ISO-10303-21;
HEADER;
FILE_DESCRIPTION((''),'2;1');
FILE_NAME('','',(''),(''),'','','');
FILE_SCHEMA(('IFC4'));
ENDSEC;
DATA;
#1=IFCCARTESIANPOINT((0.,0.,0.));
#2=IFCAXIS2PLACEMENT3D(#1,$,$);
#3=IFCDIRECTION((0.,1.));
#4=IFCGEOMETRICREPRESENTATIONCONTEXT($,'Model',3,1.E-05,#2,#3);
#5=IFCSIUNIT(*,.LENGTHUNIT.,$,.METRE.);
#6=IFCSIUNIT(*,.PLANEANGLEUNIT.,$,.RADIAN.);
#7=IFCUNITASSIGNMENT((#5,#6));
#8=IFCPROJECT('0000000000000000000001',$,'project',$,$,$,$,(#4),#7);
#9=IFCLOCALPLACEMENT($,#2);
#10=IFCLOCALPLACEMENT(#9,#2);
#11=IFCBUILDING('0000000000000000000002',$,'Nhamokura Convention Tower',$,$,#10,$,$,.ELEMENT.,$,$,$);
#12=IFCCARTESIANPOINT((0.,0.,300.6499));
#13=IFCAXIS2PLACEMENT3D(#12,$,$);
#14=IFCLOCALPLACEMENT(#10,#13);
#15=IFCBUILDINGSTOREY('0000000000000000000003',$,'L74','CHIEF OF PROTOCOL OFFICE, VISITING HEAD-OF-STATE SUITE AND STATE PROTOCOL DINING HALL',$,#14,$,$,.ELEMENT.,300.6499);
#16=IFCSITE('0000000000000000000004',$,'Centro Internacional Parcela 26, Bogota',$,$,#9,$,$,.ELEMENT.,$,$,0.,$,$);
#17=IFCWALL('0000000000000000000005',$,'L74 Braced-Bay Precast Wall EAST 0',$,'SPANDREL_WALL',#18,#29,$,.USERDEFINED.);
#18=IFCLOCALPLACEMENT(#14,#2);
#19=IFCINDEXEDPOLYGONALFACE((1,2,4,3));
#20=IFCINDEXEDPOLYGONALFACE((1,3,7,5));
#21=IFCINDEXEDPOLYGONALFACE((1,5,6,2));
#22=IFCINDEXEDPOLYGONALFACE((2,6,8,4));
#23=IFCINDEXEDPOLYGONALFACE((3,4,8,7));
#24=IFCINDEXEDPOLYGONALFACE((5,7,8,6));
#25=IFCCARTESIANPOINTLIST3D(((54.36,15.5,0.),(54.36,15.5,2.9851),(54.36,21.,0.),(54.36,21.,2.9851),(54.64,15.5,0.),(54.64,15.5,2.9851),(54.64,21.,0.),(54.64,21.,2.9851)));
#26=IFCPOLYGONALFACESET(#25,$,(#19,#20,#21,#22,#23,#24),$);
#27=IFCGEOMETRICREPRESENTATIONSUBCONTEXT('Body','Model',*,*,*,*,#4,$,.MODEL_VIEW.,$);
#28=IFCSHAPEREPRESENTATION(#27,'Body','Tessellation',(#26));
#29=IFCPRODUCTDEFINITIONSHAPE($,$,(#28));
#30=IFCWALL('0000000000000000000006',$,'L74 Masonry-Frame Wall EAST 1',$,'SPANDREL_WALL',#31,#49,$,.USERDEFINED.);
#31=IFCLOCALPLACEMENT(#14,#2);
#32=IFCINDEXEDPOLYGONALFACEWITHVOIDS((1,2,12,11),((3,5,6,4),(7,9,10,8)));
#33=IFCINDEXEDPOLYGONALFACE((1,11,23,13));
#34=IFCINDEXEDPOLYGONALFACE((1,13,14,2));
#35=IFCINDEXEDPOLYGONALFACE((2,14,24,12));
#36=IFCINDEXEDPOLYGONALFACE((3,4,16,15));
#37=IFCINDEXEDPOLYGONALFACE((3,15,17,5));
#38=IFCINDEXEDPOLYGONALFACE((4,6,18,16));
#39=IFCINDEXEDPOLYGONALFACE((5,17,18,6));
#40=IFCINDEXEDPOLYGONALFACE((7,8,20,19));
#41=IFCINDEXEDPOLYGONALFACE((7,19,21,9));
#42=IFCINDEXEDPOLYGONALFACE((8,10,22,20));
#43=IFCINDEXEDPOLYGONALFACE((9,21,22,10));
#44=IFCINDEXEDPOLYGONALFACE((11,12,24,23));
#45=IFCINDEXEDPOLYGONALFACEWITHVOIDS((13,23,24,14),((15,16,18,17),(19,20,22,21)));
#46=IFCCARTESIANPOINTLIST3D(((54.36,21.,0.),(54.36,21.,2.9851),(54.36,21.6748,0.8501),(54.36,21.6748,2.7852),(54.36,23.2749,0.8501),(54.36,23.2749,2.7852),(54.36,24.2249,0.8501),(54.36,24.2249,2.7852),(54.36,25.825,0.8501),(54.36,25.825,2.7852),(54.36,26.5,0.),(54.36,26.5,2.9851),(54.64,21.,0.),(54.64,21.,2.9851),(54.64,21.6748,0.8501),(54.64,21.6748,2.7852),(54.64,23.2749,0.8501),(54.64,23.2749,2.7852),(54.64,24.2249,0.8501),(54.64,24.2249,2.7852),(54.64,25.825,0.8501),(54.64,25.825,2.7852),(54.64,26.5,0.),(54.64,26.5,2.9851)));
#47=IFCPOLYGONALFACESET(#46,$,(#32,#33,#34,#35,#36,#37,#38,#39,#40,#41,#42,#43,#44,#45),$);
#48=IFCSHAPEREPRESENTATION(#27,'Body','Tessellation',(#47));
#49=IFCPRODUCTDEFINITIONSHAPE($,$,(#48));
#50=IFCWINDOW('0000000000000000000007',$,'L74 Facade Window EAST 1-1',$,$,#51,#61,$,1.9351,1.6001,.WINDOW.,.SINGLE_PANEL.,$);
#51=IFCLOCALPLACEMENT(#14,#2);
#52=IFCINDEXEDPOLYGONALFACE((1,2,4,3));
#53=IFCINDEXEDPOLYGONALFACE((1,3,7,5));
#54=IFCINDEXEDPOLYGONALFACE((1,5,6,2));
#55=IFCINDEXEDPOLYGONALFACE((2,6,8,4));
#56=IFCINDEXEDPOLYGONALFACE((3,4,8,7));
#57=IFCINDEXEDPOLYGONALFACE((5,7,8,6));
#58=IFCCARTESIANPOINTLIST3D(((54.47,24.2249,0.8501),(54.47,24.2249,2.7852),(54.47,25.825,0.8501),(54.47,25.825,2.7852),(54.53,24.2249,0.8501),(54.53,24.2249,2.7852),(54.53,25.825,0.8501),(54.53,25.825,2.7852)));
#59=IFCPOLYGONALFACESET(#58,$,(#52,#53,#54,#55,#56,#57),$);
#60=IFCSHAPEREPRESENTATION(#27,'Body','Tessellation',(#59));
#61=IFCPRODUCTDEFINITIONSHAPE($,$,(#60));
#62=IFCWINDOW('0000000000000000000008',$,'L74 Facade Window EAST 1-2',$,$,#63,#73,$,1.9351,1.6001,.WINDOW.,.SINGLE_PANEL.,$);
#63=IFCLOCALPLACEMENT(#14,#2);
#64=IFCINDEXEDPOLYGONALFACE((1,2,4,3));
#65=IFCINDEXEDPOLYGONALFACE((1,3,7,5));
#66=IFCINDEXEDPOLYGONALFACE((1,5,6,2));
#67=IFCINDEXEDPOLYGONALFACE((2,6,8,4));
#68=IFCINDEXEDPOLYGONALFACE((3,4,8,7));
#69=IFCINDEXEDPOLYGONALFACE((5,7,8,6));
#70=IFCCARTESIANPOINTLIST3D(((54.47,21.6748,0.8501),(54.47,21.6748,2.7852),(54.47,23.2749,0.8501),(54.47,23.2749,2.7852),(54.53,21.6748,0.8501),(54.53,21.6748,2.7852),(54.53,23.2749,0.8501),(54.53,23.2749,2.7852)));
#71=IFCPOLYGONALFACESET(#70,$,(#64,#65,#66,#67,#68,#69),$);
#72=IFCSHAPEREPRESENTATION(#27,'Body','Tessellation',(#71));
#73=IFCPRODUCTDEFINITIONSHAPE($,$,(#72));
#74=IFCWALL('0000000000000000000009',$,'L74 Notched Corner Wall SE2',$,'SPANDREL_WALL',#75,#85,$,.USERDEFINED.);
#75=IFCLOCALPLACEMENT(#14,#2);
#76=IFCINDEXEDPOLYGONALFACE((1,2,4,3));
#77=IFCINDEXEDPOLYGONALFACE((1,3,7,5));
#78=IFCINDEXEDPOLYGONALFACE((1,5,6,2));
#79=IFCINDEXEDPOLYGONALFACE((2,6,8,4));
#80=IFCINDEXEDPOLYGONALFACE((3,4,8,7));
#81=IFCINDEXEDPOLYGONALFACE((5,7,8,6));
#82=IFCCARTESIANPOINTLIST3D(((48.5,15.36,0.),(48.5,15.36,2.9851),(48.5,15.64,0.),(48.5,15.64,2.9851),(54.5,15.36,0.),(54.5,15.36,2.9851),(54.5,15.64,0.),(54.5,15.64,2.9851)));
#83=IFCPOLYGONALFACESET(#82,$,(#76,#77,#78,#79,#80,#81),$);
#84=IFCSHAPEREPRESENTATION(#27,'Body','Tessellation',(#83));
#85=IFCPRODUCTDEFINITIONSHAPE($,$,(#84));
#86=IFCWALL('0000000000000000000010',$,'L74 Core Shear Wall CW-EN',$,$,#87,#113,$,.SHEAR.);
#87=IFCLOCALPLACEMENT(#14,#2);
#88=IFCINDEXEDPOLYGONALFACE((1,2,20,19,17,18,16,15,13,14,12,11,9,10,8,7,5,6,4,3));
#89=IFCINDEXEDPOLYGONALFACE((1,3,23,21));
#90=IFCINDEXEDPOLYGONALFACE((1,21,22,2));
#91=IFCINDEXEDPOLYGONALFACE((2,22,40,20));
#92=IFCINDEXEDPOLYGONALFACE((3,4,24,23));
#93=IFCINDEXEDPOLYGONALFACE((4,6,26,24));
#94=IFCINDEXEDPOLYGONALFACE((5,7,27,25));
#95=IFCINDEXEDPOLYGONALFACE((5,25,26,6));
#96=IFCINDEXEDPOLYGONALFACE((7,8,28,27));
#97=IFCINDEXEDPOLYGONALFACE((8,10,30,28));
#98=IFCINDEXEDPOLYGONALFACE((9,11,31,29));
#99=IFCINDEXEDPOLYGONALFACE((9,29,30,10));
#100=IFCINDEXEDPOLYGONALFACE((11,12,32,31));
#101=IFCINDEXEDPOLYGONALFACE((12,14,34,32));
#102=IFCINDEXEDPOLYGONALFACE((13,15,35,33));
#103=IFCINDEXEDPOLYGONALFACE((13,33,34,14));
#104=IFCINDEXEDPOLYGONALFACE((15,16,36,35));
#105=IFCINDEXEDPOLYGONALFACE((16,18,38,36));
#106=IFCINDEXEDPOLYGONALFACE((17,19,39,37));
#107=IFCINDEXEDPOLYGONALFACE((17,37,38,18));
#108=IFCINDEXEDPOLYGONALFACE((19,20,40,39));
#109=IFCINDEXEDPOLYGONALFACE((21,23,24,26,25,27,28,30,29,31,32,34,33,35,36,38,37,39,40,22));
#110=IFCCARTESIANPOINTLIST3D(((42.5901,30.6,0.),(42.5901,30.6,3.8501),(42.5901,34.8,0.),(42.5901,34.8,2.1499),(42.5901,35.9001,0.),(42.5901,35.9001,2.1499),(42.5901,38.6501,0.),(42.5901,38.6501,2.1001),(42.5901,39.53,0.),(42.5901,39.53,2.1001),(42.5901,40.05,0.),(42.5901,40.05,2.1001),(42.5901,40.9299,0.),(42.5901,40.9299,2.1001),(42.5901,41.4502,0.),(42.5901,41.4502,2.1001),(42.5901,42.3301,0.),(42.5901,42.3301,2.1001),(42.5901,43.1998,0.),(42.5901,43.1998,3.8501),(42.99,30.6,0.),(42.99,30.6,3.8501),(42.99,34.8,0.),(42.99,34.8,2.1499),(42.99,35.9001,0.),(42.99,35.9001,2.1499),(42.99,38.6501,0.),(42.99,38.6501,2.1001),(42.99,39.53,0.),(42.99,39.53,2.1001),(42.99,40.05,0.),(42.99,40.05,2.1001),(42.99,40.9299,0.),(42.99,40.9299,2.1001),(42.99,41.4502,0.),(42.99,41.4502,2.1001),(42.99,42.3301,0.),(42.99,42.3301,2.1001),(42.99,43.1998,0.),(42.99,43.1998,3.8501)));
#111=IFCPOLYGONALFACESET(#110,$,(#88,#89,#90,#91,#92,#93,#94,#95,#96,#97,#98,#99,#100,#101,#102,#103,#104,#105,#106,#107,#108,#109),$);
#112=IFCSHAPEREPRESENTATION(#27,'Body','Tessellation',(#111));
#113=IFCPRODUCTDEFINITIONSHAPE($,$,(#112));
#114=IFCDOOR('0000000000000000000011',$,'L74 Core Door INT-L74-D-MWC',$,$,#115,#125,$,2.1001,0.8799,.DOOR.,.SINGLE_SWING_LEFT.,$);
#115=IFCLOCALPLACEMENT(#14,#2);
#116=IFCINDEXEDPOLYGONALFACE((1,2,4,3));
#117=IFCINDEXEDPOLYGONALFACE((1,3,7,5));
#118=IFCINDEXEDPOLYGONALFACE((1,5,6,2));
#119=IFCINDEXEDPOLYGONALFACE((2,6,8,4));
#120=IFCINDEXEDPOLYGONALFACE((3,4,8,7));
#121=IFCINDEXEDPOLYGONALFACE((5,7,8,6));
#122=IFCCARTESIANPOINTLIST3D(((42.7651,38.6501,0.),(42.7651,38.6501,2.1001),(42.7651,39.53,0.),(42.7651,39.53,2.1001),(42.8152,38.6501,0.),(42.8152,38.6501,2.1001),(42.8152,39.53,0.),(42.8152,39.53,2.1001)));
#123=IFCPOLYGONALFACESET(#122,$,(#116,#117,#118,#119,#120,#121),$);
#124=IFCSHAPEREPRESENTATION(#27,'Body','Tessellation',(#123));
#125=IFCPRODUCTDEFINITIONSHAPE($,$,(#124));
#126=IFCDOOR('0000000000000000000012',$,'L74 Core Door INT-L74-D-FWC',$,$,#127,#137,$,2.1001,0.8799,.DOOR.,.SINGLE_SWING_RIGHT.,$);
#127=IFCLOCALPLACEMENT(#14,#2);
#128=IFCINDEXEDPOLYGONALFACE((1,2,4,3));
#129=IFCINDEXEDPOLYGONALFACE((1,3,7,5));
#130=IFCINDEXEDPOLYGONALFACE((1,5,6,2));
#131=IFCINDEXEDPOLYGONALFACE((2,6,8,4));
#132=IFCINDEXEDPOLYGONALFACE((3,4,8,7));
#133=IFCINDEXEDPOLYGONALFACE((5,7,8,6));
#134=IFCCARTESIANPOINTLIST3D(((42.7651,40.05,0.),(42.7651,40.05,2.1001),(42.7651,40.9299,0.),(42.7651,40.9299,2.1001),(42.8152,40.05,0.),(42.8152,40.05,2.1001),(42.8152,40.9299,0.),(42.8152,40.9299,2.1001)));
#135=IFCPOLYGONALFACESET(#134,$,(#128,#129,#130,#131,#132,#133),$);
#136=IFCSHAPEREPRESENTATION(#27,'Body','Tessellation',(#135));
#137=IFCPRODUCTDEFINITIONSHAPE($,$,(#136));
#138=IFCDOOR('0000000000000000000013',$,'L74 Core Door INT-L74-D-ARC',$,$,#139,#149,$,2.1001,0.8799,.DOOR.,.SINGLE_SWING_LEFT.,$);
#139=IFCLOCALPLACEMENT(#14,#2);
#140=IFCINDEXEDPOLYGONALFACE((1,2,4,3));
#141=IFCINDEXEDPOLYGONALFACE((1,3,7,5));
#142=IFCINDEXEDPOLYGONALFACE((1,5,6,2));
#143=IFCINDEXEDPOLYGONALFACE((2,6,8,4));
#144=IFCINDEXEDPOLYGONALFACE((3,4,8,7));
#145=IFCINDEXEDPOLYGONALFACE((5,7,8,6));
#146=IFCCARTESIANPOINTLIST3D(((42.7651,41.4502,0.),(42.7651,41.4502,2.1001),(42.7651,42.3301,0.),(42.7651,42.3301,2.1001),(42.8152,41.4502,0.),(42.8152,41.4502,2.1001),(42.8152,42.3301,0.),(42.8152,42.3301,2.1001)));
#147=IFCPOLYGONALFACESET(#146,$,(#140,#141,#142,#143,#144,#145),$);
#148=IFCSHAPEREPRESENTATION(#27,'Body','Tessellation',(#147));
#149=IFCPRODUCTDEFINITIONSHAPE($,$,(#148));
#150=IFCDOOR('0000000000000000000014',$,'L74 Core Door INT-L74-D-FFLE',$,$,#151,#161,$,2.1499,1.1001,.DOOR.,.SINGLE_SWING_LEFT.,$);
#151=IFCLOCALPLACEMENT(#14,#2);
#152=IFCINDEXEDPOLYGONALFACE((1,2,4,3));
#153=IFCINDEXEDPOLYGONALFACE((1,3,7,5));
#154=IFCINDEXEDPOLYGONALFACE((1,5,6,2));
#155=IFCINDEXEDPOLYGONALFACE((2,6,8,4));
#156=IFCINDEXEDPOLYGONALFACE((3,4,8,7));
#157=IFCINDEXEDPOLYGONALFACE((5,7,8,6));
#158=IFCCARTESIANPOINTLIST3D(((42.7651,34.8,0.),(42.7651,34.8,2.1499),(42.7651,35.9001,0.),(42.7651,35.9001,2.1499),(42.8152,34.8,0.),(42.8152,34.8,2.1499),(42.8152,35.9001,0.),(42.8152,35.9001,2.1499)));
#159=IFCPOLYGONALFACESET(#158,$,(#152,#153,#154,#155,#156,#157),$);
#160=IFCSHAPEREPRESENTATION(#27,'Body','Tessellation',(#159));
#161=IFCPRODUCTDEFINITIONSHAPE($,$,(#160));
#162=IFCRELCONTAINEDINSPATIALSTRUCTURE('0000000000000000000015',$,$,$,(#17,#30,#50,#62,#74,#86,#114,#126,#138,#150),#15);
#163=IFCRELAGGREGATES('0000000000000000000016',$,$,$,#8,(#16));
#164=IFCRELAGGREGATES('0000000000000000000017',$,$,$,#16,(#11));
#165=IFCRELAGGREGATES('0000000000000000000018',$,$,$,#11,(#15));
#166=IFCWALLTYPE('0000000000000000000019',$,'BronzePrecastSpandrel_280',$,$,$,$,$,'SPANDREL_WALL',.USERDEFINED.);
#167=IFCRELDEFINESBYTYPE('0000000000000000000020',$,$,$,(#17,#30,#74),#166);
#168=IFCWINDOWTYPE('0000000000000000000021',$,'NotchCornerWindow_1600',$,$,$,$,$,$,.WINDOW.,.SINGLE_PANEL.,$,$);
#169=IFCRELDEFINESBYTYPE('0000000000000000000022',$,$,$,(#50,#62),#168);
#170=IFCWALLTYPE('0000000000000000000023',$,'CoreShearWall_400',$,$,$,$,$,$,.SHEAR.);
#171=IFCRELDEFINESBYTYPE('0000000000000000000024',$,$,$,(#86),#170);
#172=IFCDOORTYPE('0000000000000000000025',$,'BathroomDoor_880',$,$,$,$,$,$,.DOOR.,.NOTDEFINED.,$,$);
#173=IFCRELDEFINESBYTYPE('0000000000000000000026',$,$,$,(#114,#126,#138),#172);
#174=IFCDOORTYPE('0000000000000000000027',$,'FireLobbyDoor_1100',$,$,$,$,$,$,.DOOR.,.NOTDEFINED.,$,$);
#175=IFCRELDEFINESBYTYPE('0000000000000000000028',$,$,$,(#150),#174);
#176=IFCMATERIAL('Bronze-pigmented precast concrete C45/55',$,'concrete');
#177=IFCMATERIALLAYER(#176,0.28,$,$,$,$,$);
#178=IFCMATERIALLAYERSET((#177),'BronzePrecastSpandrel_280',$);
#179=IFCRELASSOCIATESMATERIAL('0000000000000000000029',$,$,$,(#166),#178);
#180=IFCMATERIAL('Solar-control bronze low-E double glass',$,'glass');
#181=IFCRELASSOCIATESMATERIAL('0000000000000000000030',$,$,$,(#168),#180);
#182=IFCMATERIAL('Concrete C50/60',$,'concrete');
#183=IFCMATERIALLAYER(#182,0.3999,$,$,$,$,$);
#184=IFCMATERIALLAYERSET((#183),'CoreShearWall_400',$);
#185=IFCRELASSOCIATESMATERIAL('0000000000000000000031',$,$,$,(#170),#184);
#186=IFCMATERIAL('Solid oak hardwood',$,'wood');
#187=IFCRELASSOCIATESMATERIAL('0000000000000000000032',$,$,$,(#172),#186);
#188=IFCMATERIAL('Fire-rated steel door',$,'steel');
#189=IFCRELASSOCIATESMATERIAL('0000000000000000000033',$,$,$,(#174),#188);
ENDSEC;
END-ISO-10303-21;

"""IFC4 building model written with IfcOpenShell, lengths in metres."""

from ifc_helpers import new_model, si_unit, direction, frame, frame_2d, origin, place, context, subcontext, project, spatial, rectangle, extrude, material, layer, layer_set, type_object, element, fill, save


model = new_model("IFC4")

# Units and contexts
model_context = context("Model", 3, precision=1e-05, world=origin(), true_north=direction((0.0, 1.0)))
body_context = subcontext(model_context, "Body", "Model", "MODEL_VIEW")
ifc_project = project(units=[si_unit("LENGTHUNIT", "METRE"), si_unit("PLANEANGLEUNIT", "RADIAN")], contexts=[model_context])

# Site, building, storey
site_placement = place(None, origin())
site = spatial("IfcSite", under=ifc_project, at=site_placement, Name="Centro Internacional Parcela 26, Bogota", CompositionType="ELEMENT", RefElevation=0.0)
building_placement = place(site_placement, origin())
building = spatial("IfcBuilding", under=site, at=building_placement, Name="Nhamokura Convention Tower", CompositionType="ELEMENT")
storey_placement = place(building_placement, frame((0.0, 0.0, 300.6499)))
storey = spatial("IfcBuildingStorey", under=building, at=storey_placement, Name="L74", Description="CHIEF OF PROTOCOL OFFICE, VISITING HEAD-OF-STATE SUITE AND STATE PROTOCOL DINING HALL", CompositionType="ELEMENT", Elevation=300.6499)

# Wall
ifc_material_1 = material(Name="Bronze-pigmented precast concrete C45/55", Category="concrete")
ifc_layer_1 = layer(ifc_material_1, 0.28)
ifc_layer_set_1 = layer_set([ifc_layer_1], Name="BronzePrecastSpandrel_280")
wall_type_1 = type_object("IfcWallType", Name="BronzePrecastSpandrel_280", ElementType="SPANDREL_WALL", PredefinedType="USERDEFINED", material=ifc_layer_set_1)
wall_1_placement = place(storey_placement, frame((54.5, 21.0, 0.0), z_axis=(0.0, 0.0, 1.0), x_axis=(0.0, -1.0, 0.0)))
element("IfcWall", 1, at=wall_1_placement, inside=storey, type_object=wall_type_1, Name="L74 Braced-Bay Precast Wall EAST 0", ObjectType="SPANDREL_WALL", PredefinedType="USERDEFINED", context=body_context, shape_type="SweptSolid", body=[
    extrude(rectangle(XDim=5.5, YDim=0.28, at=frame_2d((2.75, 0.0))), origin(), (0.0, 0.0, 1.0), 2.9851),
])

# Wall, openings, windows
wall_2_placement = place(storey_placement, frame((54.5, 26.5, 0.0), z_axis=(0.0, 0.0, 1.0), x_axis=(0.0, -1.0, 0.0)))
wall_2 = element("IfcWall", 2, at=wall_2_placement, inside=storey, type_object=wall_type_1, Name="L74 Masonry-Frame Wall EAST 1", ObjectType="SPANDREL_WALL", PredefinedType="USERDEFINED", context=body_context, shape_type="SweptSolid", body=[
    extrude(rectangle(XDim=5.5, YDim=0.28, at=frame_2d((2.75, 0.0))), origin(), (0.0, 0.0, 1.0), 2.9851),
])
opening_1_placement = place(wall_2_placement, frame((0.675, 0.0, 0.8501)))
opening_1 = element("IfcOpeningElement", 3, at=opening_1_placement, cuts=wall_2, PredefinedType="OPENING", context=body_context, shape_type="SweptSolid", body=[
    extrude(rectangle(XDim=1.6001, YDim=1.9351, at=frame_2d((0.8, 0.9675))), frame((0.0, 0.1499, 0.0), z_axis=(0.0, -1.0, 0.0), x_axis=(1.0, 0.0, 0.0)), (0.0, 0.0, 1.0), 0.3),
])
opening_2_placement = place(wall_2_placement, frame((3.2251, 0.0, 0.8501)))
opening_2 = element("IfcOpeningElement", 4, at=opening_2_placement, cuts=wall_2, PredefinedType="OPENING", context=body_context, shape_type="SweptSolid", body=[
    extrude(rectangle(XDim=1.6001, YDim=1.9351, at=frame_2d((0.8, 0.9675))), frame((0.0, 0.1499, 0.0), z_axis=(0.0, -1.0, 0.0), x_axis=(1.0, 0.0, 0.0)), (0.0, 0.0, 1.0), 0.3),
])
ifc_material_2 = material(Name="Solar-control bronze low-E double glass", Category="glass")
window_type = type_object("IfcWindowType", Name="NotchCornerWindow_1600", PartitioningType="SINGLE_PANEL", PredefinedType="WINDOW", material=ifc_material_2)
window_1_placement = place(opening_1_placement, origin())
window_1 = element("IfcWindow", 5, at=window_1_placement, inside=storey, type_object=window_type, Name="L74 Facade Window EAST 1-1", OverallHeight=1.9351, OverallWidth=1.6001, PartitioningType="SINGLE_PANEL", PredefinedType="WINDOW", context=body_context, shape_type="SweptSolid", body=[
    extrude(rectangle(XDim=1.6001, YDim=1.9351, at=frame_2d((0.8, 0.9675))), frame((0.0, 0.03, 0.0), z_axis=(0.0, -1.0, 0.0), x_axis=(1.0, 0.0, 0.0)), (0.0, 0.0, 1.0), 0.0601),
])
fill(opening_1, window_1)
window_2_placement = place(opening_2_placement, origin())
window_2 = element("IfcWindow", 6, at=window_2_placement, inside=storey, type_object=window_type, Name="L74 Facade Window EAST 1-2", OverallHeight=1.9351, OverallWidth=1.6001, PartitioningType="SINGLE_PANEL", PredefinedType="WINDOW", context=body_context, shape_type="SweptSolid", body=[
    extrude(rectangle(XDim=1.6001, YDim=1.9351, at=frame_2d((0.8, 0.9675))), frame((0.0, 0.03, 0.0), z_axis=(0.0, -1.0, 0.0), x_axis=(1.0, 0.0, 0.0)), (0.0, 0.0, 1.0), 0.0601),
])
fill(opening_2, window_2)

# Wall
wall_3_placement = place(storey_placement, frame((54.5, 15.5, 0.0), z_axis=(0.0, 0.0, 1.0), x_axis=(-1.0, 0.0, 0.0)))
element("IfcWall", 7, at=wall_3_placement, inside=storey, type_object=wall_type_1, Name="L74 Notched Corner Wall SE2", ObjectType="SPANDREL_WALL", PredefinedType="USERDEFINED", context=body_context, shape_type="SweptSolid", body=[
    extrude(rectangle(XDim=6.0, YDim=0.28, at=frame_2d((3.0, 0.0))), origin(), (0.0, 0.0, 1.0), 2.9851),
])

# Wall, openings, doors
ifc_material_3 = material(Name="Concrete C50/60", Category="concrete")
ifc_layer_2 = layer(ifc_material_3, 0.3999)
ifc_layer_set_2 = layer_set([ifc_layer_2], Name="CoreShearWall_400")
wall_type_2 = type_object("IfcWallType", Name="CoreShearWall_400", PredefinedType="SHEAR", material=ifc_layer_set_2)
wall_4_placement = place(storey_placement, frame((42.79, 30.6001, 0.0), z_axis=(0.0, 0.0, 1.0), x_axis=(0.0, 1.0, 0.0)))
wall_4 = element("IfcWall", 8, at=wall_4_placement, inside=storey, type_object=wall_type_2, Name="L74 Core Shear Wall CW-EN", PredefinedType="SHEAR", context=body_context, shape_type="SweptSolid", body=[
    extrude(rectangle(XDim=12.5999, YDim=0.3999, at=frame_2d((6.2998, 0.0))), origin(), (0.0, 0.0, 1.0), 3.8501),
])
opening_3_placement = place(wall_4_placement, frame((4.2, 0.0, 0.0)))
opening_3 = element("IfcOpeningElement", 9, at=opening_3_placement, cuts=wall_4, PredefinedType="OPENING", context=body_context, shape_type="SweptSolid", body=[
    extrude(rectangle(XDim=1.1001, YDim=2.1499, at=frame_2d((0.55, 1.075))), frame((0.0, 0.21, 0.0), z_axis=(0.0, -1.0, 0.0), x_axis=(1.0, 0.0, 0.0)), (0.0, 0.0, 1.0), 0.4199),
])
opening_4_placement = place(wall_4_placement, frame((8.05, 0.0, 0.0)))
opening_4 = element("IfcOpeningElement", 10, at=opening_4_placement, cuts=wall_4, PredefinedType="OPENING", context=body_context, shape_type="SweptSolid", body=[
    extrude(rectangle(XDim=0.8799, YDim=2.1001, at=frame_2d((0.4399, 1.05))), frame((0.0, 0.21, 0.0), z_axis=(0.0, -1.0, 0.0), x_axis=(1.0, 0.0, 0.0)), (0.0, 0.0, 1.0), 0.4199),
])
opening_5_placement = place(wall_4_placement, frame((9.45, 0.0, 0.0)))
opening_5 = element("IfcOpeningElement", 11, at=opening_5_placement, cuts=wall_4, PredefinedType="OPENING", context=body_context, shape_type="SweptSolid", body=[
    extrude(rectangle(XDim=0.8799, YDim=2.1001, at=frame_2d((0.4399, 1.05))), frame((0.0, 0.21, 0.0), z_axis=(0.0, -1.0, 0.0), x_axis=(1.0, 0.0, 0.0)), (0.0, 0.0, 1.0), 0.4199),
])
opening_6_placement = place(wall_4_placement, frame((10.8501, 0.0, 0.0)))
opening_6 = element("IfcOpeningElement", 12, at=opening_6_placement, cuts=wall_4, PredefinedType="OPENING", context=body_context, shape_type="SweptSolid", body=[
    extrude(rectangle(XDim=0.8799, YDim=2.1001, at=frame_2d((0.4399, 1.05))), frame((0.0, 0.21, 0.0), z_axis=(0.0, -1.0, 0.0), x_axis=(1.0, 0.0, 0.0)), (0.0, 0.0, 1.0), 0.4199),
])
ifc_material_4 = material(Name="Solid oak hardwood", Category="wood")
door_type_1 = type_object("IfcDoorType", Name="BathroomDoor_880", OperationType="NOTDEFINED", PredefinedType="DOOR", material=ifc_material_4)
door_1_placement = place(opening_4_placement, origin())
door_1 = element("IfcDoor", 13, at=door_1_placement, inside=storey, type_object=door_type_1, Name="L74 Core Door INT-L74-D-MWC", OperationType="SINGLE_SWING_LEFT", OverallHeight=2.1001, OverallWidth=0.8799, PredefinedType="DOOR", context=body_context, shape_type="SweptSolid", body=[
    extrude(rectangle(XDim=0.8799, YDim=2.1001, at=frame_2d((0.4399, 1.05))), frame((0.0, 0.0249, 0.0), z_axis=(0.0, -1.0, 0.0), x_axis=(1.0, 0.0, 0.0)), (0.0, 0.0, 1.0), 0.05),
])
fill(opening_4, door_1)
door_2_placement = place(opening_5_placement, origin())
door_2 = element("IfcDoor", 14, at=door_2_placement, inside=storey, type_object=door_type_1, Name="L74 Core Door INT-L74-D-FWC", OperationType="SINGLE_SWING_RIGHT", OverallHeight=2.1001, OverallWidth=0.8799, PredefinedType="DOOR", context=body_context, shape_type="SweptSolid", body=[
    extrude(rectangle(XDim=0.8799, YDim=2.1001, at=frame_2d((0.4399, 1.05))), frame((0.0, 0.0249, 0.0), z_axis=(0.0, -1.0, 0.0), x_axis=(1.0, 0.0, 0.0)), (0.0, 0.0, 1.0), 0.05),
])
fill(opening_5, door_2)
door_3_placement = place(opening_6_placement, origin())
door_3 = element("IfcDoor", 15, at=door_3_placement, inside=storey, type_object=door_type_1, Name="L74 Core Door INT-L74-D-ARC", OperationType="SINGLE_SWING_LEFT", OverallHeight=2.1001, OverallWidth=0.8799, PredefinedType="DOOR", context=body_context, shape_type="SweptSolid", body=[
    extrude(rectangle(XDim=0.8799, YDim=2.1001, at=frame_2d((0.4399, 1.05))), frame((0.0, 0.0249, 0.0), z_axis=(0.0, -1.0, 0.0), x_axis=(1.0, 0.0, 0.0)), (0.0, 0.0, 1.0), 0.05),
])
fill(opening_6, door_3)
ifc_material_5 = material(Name="Fire-rated steel door", Category="steel")
door_type_2 = type_object("IfcDoorType", Name="FireLobbyDoor_1100", OperationType="NOTDEFINED", PredefinedType="DOOR", material=ifc_material_5)
door_4_placement = place(opening_3_placement, origin())
door_4 = element("IfcDoor", 16, at=door_4_placement, inside=storey, type_object=door_type_2, Name="L74 Core Door INT-L74-D-FFLE", OperationType="SINGLE_SWING_LEFT", OverallHeight=2.1499, OverallWidth=1.1001, PredefinedType="DOOR", context=body_context, shape_type="SweptSolid", body=[
    extrude(rectangle(XDim=1.1001, YDim=2.1499, at=frame_2d((0.55, 1.075))), frame((0.0, 0.0249, 0.0), z_axis=(0.0, -1.0, 0.0), x_axis=(1.0, 0.0, 0.0)), (0.0, 0.0, 1.0), 0.05),
])
fill(opening_3, door_4)

save(model, "model.ifc")
